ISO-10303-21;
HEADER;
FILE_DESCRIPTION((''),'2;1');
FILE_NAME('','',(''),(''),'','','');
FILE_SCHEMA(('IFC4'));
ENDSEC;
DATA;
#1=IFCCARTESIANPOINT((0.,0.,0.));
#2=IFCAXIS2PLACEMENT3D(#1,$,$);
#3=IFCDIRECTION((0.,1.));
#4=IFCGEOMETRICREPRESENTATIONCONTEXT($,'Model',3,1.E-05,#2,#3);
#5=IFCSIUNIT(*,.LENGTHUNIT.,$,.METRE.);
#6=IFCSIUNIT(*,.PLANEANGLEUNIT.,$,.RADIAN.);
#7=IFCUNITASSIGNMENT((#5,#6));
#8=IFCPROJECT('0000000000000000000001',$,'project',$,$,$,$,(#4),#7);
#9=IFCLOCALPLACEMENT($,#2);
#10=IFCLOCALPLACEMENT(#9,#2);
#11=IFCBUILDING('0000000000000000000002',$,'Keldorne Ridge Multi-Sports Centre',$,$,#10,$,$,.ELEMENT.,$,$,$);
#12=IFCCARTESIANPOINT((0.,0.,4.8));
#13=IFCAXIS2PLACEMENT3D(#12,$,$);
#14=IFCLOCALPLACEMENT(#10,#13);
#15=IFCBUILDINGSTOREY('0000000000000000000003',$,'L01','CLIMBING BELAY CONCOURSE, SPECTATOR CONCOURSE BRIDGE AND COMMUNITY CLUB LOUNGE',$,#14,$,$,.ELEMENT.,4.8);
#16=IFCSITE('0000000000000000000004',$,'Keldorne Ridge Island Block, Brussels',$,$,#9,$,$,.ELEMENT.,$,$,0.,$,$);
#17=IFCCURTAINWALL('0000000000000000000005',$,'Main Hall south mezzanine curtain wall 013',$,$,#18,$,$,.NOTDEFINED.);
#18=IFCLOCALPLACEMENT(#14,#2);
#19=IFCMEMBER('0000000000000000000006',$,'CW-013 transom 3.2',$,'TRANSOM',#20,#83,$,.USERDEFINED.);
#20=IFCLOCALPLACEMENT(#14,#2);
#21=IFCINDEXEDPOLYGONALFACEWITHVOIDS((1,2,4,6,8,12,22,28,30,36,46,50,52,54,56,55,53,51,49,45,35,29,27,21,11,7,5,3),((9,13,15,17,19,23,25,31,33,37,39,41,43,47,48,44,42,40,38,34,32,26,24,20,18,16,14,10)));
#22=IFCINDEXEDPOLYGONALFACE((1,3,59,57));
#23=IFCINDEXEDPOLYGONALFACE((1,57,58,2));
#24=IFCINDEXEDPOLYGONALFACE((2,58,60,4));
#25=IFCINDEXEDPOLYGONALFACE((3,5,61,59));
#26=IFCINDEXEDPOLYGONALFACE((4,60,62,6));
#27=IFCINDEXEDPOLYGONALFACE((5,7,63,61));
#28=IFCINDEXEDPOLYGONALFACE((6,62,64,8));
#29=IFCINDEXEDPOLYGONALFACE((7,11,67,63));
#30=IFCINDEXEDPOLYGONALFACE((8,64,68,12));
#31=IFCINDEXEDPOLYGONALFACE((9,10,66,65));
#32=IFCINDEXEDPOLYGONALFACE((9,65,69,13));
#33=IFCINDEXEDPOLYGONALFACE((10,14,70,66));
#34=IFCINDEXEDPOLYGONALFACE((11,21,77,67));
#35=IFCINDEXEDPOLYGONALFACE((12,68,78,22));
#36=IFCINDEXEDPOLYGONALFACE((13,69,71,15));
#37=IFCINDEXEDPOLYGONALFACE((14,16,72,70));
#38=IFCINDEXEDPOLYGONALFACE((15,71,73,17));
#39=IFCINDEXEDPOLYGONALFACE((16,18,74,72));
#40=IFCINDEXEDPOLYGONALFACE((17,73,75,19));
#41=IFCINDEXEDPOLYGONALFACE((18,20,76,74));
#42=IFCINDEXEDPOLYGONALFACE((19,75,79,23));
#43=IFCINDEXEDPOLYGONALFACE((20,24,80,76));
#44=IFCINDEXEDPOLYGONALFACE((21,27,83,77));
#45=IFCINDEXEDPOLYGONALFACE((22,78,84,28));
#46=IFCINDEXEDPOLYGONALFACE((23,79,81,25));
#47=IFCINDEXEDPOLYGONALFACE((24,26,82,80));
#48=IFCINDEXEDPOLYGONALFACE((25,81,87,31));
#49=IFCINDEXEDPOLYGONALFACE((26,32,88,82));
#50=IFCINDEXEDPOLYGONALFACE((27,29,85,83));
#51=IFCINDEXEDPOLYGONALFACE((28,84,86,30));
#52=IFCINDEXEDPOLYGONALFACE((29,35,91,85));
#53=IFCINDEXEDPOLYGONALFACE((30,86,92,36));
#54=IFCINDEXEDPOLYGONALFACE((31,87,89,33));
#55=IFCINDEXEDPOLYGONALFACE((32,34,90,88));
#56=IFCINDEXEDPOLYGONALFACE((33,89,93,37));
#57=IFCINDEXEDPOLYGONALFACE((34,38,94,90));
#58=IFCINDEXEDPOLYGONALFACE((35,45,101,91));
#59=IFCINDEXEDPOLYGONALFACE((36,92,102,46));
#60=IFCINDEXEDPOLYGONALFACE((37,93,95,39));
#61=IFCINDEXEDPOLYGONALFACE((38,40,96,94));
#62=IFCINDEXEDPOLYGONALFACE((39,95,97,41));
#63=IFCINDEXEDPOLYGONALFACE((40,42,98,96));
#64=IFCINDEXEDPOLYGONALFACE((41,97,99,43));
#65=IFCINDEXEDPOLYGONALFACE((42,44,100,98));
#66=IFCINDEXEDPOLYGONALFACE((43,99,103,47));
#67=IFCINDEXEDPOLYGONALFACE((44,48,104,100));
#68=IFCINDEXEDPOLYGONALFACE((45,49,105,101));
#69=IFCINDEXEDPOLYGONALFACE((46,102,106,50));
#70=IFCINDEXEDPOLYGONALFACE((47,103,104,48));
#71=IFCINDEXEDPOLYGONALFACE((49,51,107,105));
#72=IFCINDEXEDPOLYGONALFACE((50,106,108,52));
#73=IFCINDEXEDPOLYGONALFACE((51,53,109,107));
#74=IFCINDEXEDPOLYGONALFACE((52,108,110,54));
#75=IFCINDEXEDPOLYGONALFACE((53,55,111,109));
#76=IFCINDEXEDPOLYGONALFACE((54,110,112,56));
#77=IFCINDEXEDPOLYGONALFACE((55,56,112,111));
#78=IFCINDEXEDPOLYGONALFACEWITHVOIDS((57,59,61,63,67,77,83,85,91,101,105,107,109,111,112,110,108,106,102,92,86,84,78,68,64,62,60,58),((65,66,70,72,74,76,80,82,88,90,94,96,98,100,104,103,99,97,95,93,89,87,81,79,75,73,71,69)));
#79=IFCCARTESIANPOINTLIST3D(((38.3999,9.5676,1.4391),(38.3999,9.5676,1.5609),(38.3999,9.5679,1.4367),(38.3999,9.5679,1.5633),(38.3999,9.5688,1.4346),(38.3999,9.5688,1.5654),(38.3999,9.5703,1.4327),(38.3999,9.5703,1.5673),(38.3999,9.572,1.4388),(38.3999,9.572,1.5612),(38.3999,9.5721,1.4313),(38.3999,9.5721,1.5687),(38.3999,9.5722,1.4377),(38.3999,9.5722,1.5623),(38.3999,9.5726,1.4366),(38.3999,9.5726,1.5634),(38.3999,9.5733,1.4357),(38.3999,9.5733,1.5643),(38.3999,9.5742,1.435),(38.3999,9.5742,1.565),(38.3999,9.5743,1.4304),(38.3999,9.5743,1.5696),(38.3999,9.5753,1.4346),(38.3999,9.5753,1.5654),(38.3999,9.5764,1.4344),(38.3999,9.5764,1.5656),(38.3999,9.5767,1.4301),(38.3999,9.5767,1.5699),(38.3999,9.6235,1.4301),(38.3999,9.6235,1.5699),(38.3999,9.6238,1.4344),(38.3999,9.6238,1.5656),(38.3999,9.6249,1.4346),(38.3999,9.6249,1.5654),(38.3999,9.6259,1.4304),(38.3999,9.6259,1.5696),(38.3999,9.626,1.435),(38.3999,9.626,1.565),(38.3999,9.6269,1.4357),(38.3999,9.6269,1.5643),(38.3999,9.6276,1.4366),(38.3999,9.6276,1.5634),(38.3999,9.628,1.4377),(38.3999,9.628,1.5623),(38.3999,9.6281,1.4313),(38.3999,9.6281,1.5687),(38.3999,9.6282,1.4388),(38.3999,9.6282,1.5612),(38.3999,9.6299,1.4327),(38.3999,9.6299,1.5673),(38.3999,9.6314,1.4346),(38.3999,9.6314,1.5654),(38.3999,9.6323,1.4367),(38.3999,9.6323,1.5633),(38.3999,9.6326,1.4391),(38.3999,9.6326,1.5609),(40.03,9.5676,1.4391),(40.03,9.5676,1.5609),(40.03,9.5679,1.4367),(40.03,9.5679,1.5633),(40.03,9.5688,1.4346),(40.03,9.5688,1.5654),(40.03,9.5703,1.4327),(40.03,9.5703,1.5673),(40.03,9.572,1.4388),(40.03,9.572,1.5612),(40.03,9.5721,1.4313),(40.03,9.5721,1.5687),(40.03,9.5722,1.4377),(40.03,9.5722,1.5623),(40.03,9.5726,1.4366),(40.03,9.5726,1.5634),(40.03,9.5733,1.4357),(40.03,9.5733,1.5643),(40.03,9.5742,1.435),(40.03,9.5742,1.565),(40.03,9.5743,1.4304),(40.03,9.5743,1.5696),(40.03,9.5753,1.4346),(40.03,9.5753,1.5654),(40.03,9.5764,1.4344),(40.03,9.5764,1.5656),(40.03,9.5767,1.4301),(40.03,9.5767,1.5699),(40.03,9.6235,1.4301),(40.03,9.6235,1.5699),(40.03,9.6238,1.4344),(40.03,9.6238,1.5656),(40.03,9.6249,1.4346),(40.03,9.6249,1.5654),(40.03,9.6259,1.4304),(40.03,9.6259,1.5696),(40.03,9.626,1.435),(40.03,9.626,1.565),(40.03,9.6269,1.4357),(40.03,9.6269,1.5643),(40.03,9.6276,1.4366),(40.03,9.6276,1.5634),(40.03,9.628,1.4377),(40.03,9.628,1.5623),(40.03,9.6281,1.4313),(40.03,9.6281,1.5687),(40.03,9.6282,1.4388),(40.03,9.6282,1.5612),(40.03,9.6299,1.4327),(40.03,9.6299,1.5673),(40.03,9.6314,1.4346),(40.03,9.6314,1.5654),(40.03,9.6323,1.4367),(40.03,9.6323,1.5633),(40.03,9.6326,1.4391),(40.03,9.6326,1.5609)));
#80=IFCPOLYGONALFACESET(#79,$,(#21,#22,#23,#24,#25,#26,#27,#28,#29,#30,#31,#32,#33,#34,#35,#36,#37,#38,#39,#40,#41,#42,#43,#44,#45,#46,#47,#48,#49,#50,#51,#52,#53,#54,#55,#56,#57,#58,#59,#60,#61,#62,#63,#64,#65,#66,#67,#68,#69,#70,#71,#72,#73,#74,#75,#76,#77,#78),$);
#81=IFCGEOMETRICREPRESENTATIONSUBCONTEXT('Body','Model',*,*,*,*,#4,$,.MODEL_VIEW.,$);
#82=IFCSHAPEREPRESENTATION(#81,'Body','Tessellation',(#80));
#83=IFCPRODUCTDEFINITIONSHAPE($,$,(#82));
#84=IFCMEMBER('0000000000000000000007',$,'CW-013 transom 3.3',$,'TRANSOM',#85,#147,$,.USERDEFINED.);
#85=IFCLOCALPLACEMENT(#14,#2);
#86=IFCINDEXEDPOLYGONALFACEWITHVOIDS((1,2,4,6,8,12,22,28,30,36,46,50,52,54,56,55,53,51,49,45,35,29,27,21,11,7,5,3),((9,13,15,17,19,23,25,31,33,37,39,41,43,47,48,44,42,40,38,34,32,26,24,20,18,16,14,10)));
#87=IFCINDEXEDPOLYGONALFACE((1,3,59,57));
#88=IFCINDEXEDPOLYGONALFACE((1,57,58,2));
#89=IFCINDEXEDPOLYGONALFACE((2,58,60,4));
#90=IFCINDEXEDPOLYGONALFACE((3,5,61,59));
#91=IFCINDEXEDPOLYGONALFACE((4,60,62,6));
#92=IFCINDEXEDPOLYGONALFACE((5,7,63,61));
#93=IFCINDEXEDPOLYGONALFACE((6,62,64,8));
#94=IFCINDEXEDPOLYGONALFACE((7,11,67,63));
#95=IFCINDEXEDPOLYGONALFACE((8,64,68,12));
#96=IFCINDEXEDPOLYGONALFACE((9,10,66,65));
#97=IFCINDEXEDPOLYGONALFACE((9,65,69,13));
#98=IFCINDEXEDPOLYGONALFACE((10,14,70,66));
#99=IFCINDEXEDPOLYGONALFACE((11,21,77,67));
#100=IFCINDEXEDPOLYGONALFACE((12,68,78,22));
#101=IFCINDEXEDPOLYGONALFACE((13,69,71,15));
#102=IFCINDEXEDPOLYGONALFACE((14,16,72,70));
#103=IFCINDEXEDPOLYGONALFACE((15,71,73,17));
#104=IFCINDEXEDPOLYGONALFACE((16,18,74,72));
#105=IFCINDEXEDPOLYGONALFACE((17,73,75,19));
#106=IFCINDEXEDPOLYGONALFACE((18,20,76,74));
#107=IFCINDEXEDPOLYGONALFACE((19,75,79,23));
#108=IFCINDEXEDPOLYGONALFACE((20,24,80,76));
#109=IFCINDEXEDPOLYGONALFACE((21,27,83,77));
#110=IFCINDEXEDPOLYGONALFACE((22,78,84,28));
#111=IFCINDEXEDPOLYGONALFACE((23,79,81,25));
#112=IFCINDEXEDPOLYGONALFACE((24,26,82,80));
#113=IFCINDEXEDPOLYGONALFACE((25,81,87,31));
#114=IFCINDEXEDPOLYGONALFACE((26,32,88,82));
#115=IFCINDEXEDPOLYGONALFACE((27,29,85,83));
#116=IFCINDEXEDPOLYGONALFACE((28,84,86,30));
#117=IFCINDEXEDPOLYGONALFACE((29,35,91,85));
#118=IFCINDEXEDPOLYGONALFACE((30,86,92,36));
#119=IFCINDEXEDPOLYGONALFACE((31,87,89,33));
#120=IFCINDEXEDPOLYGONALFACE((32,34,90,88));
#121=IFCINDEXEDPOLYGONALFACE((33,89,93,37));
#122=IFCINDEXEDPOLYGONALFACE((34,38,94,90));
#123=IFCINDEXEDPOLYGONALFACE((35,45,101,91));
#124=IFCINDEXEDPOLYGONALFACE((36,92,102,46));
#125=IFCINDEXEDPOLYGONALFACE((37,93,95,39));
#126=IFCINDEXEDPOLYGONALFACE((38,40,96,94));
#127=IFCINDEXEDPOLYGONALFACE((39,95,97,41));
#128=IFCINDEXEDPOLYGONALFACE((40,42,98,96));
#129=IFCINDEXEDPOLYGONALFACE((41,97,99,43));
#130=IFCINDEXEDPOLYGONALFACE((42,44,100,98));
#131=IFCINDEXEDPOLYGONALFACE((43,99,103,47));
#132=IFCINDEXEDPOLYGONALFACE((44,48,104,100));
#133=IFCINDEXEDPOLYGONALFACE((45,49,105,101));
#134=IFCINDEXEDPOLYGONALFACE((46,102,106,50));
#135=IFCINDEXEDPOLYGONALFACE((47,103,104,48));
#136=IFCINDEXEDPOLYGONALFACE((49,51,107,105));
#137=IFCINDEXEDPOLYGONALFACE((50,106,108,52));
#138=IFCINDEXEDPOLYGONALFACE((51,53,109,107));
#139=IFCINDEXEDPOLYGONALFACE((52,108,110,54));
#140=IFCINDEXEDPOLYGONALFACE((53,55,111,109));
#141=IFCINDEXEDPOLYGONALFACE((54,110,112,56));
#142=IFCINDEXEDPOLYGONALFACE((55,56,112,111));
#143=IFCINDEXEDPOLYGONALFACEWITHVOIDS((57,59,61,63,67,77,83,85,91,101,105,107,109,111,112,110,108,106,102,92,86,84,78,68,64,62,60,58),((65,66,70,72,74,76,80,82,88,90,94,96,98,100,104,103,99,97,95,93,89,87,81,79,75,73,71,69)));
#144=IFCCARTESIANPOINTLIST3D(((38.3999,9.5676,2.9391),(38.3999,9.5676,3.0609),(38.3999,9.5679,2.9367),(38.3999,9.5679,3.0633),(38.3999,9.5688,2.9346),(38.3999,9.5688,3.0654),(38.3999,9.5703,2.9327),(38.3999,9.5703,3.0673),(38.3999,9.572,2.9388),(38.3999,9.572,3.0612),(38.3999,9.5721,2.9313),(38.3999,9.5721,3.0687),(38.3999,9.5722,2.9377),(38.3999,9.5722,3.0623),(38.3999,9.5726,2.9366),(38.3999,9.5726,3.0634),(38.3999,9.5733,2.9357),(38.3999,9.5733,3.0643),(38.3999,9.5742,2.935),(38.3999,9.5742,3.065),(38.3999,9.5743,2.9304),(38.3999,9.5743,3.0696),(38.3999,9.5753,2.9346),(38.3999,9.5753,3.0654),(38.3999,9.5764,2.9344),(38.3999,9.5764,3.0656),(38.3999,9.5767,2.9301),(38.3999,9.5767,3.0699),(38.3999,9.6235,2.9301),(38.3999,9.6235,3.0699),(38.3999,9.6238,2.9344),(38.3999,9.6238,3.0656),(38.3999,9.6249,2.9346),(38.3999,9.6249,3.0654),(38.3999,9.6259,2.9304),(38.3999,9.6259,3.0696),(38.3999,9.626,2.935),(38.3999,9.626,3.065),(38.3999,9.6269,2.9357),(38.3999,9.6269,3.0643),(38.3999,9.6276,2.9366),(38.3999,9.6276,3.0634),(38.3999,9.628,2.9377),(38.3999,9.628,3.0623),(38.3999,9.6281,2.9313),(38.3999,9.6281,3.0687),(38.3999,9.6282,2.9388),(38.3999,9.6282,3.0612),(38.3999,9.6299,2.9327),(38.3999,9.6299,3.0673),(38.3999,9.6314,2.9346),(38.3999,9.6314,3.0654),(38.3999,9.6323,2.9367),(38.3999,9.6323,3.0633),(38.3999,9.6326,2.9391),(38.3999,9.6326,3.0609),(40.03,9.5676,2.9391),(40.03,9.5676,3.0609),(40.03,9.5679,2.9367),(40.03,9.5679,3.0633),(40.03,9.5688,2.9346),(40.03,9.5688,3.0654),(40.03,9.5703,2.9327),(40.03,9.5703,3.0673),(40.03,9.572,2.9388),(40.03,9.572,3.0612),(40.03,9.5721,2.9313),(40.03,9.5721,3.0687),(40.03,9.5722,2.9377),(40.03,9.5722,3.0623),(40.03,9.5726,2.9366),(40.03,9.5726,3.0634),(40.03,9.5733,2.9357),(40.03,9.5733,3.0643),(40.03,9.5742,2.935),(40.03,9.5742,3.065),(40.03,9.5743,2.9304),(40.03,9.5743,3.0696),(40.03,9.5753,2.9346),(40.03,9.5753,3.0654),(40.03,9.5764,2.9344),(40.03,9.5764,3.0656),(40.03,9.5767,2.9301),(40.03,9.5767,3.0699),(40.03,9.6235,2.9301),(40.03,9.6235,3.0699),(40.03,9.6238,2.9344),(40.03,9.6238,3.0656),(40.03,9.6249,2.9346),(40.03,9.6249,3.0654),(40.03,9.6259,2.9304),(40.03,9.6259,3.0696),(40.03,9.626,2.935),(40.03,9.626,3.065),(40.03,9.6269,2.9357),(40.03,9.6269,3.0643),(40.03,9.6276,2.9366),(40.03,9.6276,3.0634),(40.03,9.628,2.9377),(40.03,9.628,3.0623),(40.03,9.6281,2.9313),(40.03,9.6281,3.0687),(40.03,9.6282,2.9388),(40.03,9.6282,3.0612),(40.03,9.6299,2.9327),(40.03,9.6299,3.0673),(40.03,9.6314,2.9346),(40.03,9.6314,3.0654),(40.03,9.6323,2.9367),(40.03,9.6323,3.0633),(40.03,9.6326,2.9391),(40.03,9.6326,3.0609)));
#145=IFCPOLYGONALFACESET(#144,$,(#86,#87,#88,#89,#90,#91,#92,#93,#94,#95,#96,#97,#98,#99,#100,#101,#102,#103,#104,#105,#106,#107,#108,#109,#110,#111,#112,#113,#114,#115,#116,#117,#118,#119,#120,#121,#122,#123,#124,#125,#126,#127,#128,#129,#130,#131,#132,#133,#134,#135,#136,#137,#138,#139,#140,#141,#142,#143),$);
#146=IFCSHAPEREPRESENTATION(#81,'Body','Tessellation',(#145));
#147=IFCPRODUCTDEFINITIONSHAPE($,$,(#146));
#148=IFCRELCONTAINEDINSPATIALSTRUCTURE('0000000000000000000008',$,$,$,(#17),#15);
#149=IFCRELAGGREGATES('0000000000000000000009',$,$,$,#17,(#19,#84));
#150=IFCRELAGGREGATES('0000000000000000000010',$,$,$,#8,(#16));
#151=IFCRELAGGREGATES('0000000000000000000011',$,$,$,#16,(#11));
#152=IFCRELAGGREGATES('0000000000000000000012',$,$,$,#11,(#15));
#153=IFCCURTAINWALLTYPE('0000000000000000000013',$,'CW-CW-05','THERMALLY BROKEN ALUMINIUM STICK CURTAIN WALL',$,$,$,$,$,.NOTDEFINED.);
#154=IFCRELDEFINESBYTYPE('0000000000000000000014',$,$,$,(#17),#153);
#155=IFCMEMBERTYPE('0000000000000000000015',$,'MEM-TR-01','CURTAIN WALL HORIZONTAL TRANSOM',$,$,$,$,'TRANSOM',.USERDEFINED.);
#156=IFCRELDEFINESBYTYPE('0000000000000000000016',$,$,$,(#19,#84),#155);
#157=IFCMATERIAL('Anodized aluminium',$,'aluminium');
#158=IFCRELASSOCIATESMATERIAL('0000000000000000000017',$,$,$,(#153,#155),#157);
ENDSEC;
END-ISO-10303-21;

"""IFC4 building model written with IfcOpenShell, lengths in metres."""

from ifc_helpers import new_model, si_unit, direction, frame, origin, origin_2d, place, context, subcontext, project, spatial, hollow_rectangle, extrude, material, material_profile, profile_set, type_object, element, aggregate, save


model = new_model("IFC4")

# Units and contexts
model_context = context("Model", 3, precision=1e-05, world=origin(), true_north=direction((0.0, 1.0)))
body_context = subcontext(model_context, "Body", "Model", "MODEL_VIEW")
ifc_project = project(units=[si_unit("LENGTHUNIT", "METRE"), si_unit("PLANEANGLEUNIT", "RADIAN")], contexts=[model_context])

# Site, building, storey
site_placement = place(None, origin())
site = spatial("IfcSite", under=ifc_project, at=site_placement, Name="Keldorne Ridge Island Block, Brussels", CompositionType="ELEMENT", RefElevation=0.0)
building_placement = place(site_placement, origin())
building = spatial("IfcBuilding", under=site, at=building_placement, Name="Keldorne Ridge Multi-Sports Centre", CompositionType="ELEMENT")
storey_placement = place(building_placement, frame((0.0, 0.0, 4.8)))
storey = spatial("IfcBuildingStorey", under=building, at=storey_placement, Name="L01", Description="CLIMBING BELAY CONCOURSE, SPECTATOR CONCOURSE BRIDGE AND COMMUNITY CLUB LOUNGE", CompositionType="ELEMENT", Elevation=4.8)

# Curtain wall, members
ifc_material_1 = material(Name="Anodized aluminium", Category="aluminium")
curtain_wall_type = type_object("IfcCurtainWallType", Name="CW-CW-05", Description="THERMALLY BROKEN ALUMINIUM STICK CURTAIN WALL", PredefinedType="NOTDEFINED", material=ifc_material_1)
curtain_wall_placement = place(storey_placement, origin())
curtain_wall = element("IfcCurtainWall", 1, at=curtain_wall_placement, inside=storey, type_object=curtain_wall_type, Name="Main Hall south mezzanine curtain wall 013", PredefinedType="NOTDEFINED")
ifc_material_profile_1 = material_profile(ifc_material_1, hollow_rectangle(XDim=0.0649, YDim=0.1399, WallThickness=0.0044, InnerFilletRadius=0.0044, OuterFilletRadius=0.009, at=origin_2d()), Name="ALU TRANSOM 140x65x4.5")
ifc_profile_set_1 = profile_set([ifc_material_profile_1], Name="Anodized aluminium")
member_type_1 = type_object("IfcMemberType", Name="MEM-TR-01", Description="CURTAIN WALL HORIZONTAL TRANSOM", ElementType="TRANSOM", PredefinedType="USERDEFINED", material=ifc_profile_set_1)
member_1_placement = place(storey_placement, frame((38.3999, 9.6001, 1.5), z_axis=(1.0, 0.0, 0.0), x_axis=(0.0, 1.0, 0.0)))
member_1 = element("IfcMember", 2, at=member_1_placement, type_object=member_type_1, Name="CW-013 transom 3.2", ObjectType="TRANSOM", PredefinedType="USERDEFINED", context=body_context, shape_type="SweptSolid", body=[
    extrude(hollow_rectangle(XDim=0.0649, YDim=0.1399, WallThickness=0.0044, InnerFilletRadius=0.0044, OuterFilletRadius=0.009, at=origin_2d()), origin(), (0.0, 0.0, 1.0), 1.6301),
])
member_2_placement = place(storey_placement, frame((38.3999, 9.6001, 3.0), z_axis=(1.0, 0.0, 0.0), x_axis=(0.0, 1.0, 0.0)))
member_2 = element("IfcMember", 3, at=member_2_placement, type_object=member_type_1, Name="CW-013 transom 3.3", ObjectType="TRANSOM", PredefinedType="USERDEFINED", context=body_context, shape_type="SweptSolid", body=[
    extrude(hollow_rectangle(XDim=0.0649, YDim=0.1399, WallThickness=0.0044, InnerFilletRadius=0.0044, OuterFilletRadius=0.009, at=origin_2d()), origin(), (0.0, 0.0, 1.0), 1.6301),
])
aggregate(curtain_wall, [member_1, member_2])

save(model, "model.ifc")
